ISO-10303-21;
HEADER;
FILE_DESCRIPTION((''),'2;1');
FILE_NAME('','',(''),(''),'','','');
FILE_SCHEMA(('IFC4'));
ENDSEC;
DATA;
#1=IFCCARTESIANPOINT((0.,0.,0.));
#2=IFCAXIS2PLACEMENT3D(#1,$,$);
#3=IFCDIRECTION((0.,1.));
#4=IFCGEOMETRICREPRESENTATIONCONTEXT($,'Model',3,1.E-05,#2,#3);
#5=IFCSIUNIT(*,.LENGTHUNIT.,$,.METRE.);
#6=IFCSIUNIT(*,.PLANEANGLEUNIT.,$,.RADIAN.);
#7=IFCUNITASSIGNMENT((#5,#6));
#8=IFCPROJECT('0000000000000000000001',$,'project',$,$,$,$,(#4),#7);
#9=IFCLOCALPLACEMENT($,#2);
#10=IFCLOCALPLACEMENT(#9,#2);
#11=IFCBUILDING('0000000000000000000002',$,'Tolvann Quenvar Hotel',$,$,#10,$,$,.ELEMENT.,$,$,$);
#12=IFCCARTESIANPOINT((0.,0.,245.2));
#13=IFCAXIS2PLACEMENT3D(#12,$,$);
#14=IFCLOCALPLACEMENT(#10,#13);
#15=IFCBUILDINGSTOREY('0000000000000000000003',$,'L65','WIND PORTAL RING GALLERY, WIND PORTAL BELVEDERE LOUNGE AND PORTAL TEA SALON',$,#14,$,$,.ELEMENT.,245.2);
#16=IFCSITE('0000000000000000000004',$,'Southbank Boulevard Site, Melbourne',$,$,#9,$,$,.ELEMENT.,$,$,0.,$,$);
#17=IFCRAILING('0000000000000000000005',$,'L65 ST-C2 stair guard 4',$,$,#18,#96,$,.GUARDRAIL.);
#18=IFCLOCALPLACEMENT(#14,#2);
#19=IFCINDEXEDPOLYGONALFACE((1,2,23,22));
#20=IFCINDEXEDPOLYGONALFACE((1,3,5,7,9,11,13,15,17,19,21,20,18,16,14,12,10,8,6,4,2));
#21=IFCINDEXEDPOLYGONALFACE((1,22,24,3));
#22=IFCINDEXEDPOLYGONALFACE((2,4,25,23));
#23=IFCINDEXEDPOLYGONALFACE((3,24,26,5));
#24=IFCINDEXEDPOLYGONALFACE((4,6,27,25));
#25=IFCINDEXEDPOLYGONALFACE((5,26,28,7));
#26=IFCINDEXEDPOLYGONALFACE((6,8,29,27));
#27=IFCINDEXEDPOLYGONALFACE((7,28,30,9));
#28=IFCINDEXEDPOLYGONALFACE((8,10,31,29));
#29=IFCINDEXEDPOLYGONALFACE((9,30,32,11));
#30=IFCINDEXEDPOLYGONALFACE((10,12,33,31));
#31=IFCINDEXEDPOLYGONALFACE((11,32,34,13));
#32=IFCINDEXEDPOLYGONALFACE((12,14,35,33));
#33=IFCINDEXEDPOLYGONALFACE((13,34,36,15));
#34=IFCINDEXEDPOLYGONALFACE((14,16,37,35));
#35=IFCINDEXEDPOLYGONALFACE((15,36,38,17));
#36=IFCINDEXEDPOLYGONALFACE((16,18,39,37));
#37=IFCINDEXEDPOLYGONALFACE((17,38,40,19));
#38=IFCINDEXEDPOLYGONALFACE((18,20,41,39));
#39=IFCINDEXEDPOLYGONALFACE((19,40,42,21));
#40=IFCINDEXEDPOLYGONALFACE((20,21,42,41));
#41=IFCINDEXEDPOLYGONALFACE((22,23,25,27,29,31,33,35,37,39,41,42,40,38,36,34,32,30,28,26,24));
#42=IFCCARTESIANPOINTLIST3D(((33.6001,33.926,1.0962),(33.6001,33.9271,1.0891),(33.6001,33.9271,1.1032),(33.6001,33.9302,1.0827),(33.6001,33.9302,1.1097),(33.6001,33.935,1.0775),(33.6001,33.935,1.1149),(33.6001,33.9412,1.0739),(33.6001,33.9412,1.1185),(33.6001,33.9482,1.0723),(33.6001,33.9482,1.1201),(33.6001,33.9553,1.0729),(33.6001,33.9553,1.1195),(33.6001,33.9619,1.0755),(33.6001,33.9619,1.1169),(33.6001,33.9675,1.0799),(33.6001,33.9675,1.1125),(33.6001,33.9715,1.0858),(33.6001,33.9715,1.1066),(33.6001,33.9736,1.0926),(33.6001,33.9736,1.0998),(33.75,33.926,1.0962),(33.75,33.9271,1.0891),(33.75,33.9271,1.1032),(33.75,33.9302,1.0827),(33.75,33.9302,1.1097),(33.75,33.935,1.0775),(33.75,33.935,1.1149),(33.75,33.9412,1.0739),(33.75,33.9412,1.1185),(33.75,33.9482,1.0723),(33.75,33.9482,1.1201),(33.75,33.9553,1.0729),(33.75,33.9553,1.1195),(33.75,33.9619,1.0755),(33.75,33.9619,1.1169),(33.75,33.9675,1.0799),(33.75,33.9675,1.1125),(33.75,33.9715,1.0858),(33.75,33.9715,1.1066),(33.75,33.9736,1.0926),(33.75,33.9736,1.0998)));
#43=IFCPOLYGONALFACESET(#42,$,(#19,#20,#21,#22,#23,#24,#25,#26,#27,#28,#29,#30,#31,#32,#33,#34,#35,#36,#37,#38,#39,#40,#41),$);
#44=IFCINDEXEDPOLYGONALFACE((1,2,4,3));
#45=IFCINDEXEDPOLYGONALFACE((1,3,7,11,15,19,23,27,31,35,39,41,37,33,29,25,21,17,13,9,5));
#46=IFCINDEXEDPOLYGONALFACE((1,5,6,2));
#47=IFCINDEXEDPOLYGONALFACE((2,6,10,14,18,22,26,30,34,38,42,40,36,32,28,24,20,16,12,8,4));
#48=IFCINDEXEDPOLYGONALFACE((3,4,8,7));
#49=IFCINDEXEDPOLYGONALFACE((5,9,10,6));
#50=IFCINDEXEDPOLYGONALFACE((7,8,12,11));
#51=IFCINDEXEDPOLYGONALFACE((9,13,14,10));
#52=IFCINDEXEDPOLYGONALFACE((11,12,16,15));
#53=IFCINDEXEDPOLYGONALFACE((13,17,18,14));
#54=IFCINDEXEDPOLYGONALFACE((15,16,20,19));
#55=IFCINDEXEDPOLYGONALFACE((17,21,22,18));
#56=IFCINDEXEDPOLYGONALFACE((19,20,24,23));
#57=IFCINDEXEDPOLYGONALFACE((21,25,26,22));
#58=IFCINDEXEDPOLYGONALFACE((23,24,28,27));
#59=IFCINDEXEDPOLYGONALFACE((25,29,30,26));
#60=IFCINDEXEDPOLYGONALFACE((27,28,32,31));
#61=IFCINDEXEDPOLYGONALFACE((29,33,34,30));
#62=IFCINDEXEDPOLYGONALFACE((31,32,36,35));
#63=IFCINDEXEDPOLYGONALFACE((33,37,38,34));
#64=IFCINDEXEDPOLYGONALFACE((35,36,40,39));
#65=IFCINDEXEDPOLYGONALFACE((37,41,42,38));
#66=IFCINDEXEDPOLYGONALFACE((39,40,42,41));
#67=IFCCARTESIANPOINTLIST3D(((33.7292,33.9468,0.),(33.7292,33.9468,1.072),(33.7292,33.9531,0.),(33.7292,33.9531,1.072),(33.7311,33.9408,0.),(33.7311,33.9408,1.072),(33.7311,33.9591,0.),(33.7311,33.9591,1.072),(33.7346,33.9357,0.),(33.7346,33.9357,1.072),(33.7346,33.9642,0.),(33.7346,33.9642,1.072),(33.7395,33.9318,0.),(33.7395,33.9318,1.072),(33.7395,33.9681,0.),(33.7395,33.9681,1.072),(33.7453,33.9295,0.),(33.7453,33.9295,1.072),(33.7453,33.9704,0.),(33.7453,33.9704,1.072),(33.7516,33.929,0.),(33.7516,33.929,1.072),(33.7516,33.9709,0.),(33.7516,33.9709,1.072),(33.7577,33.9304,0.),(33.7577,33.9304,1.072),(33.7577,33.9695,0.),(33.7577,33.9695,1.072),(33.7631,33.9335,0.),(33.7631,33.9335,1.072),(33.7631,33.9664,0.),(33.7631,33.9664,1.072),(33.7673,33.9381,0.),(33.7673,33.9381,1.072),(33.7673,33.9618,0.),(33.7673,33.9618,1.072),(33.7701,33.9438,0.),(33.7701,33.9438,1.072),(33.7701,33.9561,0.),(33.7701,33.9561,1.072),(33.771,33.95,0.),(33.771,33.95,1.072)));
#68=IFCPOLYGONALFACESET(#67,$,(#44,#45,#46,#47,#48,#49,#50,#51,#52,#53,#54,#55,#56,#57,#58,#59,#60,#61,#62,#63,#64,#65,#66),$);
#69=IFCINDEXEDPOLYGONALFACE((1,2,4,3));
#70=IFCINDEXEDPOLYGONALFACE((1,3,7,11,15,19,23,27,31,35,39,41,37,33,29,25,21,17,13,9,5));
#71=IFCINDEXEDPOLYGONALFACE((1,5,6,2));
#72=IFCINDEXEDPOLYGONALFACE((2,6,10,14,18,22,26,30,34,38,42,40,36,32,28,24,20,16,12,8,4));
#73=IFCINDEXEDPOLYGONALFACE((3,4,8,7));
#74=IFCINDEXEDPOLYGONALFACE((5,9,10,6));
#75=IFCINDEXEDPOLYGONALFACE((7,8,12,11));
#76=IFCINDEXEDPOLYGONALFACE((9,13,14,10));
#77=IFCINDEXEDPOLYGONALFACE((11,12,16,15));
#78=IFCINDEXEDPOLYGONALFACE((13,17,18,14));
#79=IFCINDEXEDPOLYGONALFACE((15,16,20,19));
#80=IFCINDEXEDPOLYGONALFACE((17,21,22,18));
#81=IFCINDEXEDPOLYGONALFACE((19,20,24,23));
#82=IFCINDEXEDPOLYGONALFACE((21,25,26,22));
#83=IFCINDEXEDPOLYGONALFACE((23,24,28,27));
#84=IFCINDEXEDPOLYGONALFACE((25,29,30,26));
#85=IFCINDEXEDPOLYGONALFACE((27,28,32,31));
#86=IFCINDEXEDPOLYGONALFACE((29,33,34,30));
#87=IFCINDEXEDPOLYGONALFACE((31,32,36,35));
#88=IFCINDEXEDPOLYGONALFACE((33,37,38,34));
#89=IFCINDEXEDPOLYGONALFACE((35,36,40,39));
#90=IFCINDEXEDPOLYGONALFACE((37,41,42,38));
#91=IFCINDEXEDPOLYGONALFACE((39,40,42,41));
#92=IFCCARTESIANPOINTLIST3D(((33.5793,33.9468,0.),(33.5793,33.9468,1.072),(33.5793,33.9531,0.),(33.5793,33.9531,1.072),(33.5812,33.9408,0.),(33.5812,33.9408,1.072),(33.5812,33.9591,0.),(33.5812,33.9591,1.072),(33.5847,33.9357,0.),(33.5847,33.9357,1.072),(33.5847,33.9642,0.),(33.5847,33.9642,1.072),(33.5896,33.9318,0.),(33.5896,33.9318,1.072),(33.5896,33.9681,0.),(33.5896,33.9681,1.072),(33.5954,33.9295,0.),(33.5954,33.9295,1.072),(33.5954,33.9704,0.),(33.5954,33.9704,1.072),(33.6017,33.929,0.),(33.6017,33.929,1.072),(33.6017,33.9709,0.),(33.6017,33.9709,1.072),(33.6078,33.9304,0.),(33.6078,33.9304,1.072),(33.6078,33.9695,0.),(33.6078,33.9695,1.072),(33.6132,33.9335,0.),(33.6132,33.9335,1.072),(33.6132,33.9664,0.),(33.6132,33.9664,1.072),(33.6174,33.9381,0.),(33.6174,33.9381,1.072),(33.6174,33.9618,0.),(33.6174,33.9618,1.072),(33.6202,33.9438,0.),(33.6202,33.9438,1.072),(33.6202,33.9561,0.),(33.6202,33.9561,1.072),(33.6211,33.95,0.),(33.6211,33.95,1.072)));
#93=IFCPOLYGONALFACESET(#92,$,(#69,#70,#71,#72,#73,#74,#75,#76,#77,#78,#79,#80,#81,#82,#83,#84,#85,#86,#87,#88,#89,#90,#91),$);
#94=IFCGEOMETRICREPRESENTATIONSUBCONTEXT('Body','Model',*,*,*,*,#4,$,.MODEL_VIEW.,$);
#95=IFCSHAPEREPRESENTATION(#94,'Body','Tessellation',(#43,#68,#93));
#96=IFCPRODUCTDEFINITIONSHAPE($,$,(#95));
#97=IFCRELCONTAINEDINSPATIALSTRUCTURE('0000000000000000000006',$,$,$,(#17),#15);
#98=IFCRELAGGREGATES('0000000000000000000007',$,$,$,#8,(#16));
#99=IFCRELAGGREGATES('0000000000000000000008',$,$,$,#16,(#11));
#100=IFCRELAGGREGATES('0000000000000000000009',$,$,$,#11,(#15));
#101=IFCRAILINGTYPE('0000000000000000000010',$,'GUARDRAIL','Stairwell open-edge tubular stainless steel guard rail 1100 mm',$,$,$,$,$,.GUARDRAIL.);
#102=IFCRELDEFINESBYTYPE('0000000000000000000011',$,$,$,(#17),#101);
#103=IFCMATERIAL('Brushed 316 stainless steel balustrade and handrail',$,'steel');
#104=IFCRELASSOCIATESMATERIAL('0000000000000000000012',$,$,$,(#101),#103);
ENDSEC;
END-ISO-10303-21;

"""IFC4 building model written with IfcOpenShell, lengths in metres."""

from ifc_helpers import new_model, si_unit, direction, frame, origin, origin_2d, place, context, subcontext, project, spatial, circle, extrude, material, type_object, element, save


model = new_model("IFC4")

# Units and contexts
model_context = context("Model", 3, precision=1e-05, world=origin(), true_north=direction((0.0, 1.0)))
body_context = subcontext(model_context, "Body", "Model", "MODEL_VIEW")
ifc_project = project(units=[si_unit("LENGTHUNIT", "METRE"), si_unit("PLANEANGLEUNIT", "RADIAN")], contexts=[model_context])

# Site, building, storey
site_placement = place(None, origin())
site = spatial("IfcSite", under=ifc_project, at=site_placement, Name="Southbank Boulevard Site, Melbourne", CompositionType="ELEMENT", RefElevation=0.0)
building_placement = place(site_placement, origin())
building = spatial("IfcBuilding", under=site, at=building_placement, Name="Tolvann Quenvar Hotel", CompositionType="ELEMENT")
storey_placement = place(building_placement, frame((0.0, 0.0, 245.2)))
storey = spatial("IfcBuildingStorey", under=building, at=storey_placement, Name="L65", Description="WIND PORTAL RING GALLERY, WIND PORTAL BELVEDERE LOUNGE AND PORTAL TEA SALON", CompositionType="ELEMENT", Elevation=245.2)

# Railing
ifc_material_1 = material(Name="Brushed 316 stainless steel balustrade and handrail", Category="steel")
railing_type_1 = type_object("IfcRailingType", Name="GUARDRAIL", Description="Stairwell open-edge tubular stainless steel guard rail 1100 mm", PredefinedType="GUARDRAIL", material=ifc_material_1)
railing_1_placement = place(storey_placement, frame((33.75, 33.95, 0.0)))
element("IfcRailing", 1, at=railing_1_placement, inside=storey, type_object=railing_type_1, Name="L65 ST-C2 stair guard 4", PredefinedType="GUARDRAIL", context=body_context, shape_type="SweptSolid", body=[
    extrude(circle(Radius=0.0239, at=origin_2d()), frame((0.0, 0.0, 1.0962), z_axis=(-1.0, 0.0, 0.0), x_axis=(0.0, -1.0, 0.0)), (0.0, 0.0, 1.0), 0.1499),
    extrude(circle(Radius=0.021, at=origin_2d()), origin(), (0.0, 0.0, 1.0), 1.072),
    extrude(circle(Radius=0.021, at=origin_2d()), frame((-0.1499, 0.0, 0.0)), (0.0, 0.0, 1.0), 1.072),
])

save(model, "model.ifc")
